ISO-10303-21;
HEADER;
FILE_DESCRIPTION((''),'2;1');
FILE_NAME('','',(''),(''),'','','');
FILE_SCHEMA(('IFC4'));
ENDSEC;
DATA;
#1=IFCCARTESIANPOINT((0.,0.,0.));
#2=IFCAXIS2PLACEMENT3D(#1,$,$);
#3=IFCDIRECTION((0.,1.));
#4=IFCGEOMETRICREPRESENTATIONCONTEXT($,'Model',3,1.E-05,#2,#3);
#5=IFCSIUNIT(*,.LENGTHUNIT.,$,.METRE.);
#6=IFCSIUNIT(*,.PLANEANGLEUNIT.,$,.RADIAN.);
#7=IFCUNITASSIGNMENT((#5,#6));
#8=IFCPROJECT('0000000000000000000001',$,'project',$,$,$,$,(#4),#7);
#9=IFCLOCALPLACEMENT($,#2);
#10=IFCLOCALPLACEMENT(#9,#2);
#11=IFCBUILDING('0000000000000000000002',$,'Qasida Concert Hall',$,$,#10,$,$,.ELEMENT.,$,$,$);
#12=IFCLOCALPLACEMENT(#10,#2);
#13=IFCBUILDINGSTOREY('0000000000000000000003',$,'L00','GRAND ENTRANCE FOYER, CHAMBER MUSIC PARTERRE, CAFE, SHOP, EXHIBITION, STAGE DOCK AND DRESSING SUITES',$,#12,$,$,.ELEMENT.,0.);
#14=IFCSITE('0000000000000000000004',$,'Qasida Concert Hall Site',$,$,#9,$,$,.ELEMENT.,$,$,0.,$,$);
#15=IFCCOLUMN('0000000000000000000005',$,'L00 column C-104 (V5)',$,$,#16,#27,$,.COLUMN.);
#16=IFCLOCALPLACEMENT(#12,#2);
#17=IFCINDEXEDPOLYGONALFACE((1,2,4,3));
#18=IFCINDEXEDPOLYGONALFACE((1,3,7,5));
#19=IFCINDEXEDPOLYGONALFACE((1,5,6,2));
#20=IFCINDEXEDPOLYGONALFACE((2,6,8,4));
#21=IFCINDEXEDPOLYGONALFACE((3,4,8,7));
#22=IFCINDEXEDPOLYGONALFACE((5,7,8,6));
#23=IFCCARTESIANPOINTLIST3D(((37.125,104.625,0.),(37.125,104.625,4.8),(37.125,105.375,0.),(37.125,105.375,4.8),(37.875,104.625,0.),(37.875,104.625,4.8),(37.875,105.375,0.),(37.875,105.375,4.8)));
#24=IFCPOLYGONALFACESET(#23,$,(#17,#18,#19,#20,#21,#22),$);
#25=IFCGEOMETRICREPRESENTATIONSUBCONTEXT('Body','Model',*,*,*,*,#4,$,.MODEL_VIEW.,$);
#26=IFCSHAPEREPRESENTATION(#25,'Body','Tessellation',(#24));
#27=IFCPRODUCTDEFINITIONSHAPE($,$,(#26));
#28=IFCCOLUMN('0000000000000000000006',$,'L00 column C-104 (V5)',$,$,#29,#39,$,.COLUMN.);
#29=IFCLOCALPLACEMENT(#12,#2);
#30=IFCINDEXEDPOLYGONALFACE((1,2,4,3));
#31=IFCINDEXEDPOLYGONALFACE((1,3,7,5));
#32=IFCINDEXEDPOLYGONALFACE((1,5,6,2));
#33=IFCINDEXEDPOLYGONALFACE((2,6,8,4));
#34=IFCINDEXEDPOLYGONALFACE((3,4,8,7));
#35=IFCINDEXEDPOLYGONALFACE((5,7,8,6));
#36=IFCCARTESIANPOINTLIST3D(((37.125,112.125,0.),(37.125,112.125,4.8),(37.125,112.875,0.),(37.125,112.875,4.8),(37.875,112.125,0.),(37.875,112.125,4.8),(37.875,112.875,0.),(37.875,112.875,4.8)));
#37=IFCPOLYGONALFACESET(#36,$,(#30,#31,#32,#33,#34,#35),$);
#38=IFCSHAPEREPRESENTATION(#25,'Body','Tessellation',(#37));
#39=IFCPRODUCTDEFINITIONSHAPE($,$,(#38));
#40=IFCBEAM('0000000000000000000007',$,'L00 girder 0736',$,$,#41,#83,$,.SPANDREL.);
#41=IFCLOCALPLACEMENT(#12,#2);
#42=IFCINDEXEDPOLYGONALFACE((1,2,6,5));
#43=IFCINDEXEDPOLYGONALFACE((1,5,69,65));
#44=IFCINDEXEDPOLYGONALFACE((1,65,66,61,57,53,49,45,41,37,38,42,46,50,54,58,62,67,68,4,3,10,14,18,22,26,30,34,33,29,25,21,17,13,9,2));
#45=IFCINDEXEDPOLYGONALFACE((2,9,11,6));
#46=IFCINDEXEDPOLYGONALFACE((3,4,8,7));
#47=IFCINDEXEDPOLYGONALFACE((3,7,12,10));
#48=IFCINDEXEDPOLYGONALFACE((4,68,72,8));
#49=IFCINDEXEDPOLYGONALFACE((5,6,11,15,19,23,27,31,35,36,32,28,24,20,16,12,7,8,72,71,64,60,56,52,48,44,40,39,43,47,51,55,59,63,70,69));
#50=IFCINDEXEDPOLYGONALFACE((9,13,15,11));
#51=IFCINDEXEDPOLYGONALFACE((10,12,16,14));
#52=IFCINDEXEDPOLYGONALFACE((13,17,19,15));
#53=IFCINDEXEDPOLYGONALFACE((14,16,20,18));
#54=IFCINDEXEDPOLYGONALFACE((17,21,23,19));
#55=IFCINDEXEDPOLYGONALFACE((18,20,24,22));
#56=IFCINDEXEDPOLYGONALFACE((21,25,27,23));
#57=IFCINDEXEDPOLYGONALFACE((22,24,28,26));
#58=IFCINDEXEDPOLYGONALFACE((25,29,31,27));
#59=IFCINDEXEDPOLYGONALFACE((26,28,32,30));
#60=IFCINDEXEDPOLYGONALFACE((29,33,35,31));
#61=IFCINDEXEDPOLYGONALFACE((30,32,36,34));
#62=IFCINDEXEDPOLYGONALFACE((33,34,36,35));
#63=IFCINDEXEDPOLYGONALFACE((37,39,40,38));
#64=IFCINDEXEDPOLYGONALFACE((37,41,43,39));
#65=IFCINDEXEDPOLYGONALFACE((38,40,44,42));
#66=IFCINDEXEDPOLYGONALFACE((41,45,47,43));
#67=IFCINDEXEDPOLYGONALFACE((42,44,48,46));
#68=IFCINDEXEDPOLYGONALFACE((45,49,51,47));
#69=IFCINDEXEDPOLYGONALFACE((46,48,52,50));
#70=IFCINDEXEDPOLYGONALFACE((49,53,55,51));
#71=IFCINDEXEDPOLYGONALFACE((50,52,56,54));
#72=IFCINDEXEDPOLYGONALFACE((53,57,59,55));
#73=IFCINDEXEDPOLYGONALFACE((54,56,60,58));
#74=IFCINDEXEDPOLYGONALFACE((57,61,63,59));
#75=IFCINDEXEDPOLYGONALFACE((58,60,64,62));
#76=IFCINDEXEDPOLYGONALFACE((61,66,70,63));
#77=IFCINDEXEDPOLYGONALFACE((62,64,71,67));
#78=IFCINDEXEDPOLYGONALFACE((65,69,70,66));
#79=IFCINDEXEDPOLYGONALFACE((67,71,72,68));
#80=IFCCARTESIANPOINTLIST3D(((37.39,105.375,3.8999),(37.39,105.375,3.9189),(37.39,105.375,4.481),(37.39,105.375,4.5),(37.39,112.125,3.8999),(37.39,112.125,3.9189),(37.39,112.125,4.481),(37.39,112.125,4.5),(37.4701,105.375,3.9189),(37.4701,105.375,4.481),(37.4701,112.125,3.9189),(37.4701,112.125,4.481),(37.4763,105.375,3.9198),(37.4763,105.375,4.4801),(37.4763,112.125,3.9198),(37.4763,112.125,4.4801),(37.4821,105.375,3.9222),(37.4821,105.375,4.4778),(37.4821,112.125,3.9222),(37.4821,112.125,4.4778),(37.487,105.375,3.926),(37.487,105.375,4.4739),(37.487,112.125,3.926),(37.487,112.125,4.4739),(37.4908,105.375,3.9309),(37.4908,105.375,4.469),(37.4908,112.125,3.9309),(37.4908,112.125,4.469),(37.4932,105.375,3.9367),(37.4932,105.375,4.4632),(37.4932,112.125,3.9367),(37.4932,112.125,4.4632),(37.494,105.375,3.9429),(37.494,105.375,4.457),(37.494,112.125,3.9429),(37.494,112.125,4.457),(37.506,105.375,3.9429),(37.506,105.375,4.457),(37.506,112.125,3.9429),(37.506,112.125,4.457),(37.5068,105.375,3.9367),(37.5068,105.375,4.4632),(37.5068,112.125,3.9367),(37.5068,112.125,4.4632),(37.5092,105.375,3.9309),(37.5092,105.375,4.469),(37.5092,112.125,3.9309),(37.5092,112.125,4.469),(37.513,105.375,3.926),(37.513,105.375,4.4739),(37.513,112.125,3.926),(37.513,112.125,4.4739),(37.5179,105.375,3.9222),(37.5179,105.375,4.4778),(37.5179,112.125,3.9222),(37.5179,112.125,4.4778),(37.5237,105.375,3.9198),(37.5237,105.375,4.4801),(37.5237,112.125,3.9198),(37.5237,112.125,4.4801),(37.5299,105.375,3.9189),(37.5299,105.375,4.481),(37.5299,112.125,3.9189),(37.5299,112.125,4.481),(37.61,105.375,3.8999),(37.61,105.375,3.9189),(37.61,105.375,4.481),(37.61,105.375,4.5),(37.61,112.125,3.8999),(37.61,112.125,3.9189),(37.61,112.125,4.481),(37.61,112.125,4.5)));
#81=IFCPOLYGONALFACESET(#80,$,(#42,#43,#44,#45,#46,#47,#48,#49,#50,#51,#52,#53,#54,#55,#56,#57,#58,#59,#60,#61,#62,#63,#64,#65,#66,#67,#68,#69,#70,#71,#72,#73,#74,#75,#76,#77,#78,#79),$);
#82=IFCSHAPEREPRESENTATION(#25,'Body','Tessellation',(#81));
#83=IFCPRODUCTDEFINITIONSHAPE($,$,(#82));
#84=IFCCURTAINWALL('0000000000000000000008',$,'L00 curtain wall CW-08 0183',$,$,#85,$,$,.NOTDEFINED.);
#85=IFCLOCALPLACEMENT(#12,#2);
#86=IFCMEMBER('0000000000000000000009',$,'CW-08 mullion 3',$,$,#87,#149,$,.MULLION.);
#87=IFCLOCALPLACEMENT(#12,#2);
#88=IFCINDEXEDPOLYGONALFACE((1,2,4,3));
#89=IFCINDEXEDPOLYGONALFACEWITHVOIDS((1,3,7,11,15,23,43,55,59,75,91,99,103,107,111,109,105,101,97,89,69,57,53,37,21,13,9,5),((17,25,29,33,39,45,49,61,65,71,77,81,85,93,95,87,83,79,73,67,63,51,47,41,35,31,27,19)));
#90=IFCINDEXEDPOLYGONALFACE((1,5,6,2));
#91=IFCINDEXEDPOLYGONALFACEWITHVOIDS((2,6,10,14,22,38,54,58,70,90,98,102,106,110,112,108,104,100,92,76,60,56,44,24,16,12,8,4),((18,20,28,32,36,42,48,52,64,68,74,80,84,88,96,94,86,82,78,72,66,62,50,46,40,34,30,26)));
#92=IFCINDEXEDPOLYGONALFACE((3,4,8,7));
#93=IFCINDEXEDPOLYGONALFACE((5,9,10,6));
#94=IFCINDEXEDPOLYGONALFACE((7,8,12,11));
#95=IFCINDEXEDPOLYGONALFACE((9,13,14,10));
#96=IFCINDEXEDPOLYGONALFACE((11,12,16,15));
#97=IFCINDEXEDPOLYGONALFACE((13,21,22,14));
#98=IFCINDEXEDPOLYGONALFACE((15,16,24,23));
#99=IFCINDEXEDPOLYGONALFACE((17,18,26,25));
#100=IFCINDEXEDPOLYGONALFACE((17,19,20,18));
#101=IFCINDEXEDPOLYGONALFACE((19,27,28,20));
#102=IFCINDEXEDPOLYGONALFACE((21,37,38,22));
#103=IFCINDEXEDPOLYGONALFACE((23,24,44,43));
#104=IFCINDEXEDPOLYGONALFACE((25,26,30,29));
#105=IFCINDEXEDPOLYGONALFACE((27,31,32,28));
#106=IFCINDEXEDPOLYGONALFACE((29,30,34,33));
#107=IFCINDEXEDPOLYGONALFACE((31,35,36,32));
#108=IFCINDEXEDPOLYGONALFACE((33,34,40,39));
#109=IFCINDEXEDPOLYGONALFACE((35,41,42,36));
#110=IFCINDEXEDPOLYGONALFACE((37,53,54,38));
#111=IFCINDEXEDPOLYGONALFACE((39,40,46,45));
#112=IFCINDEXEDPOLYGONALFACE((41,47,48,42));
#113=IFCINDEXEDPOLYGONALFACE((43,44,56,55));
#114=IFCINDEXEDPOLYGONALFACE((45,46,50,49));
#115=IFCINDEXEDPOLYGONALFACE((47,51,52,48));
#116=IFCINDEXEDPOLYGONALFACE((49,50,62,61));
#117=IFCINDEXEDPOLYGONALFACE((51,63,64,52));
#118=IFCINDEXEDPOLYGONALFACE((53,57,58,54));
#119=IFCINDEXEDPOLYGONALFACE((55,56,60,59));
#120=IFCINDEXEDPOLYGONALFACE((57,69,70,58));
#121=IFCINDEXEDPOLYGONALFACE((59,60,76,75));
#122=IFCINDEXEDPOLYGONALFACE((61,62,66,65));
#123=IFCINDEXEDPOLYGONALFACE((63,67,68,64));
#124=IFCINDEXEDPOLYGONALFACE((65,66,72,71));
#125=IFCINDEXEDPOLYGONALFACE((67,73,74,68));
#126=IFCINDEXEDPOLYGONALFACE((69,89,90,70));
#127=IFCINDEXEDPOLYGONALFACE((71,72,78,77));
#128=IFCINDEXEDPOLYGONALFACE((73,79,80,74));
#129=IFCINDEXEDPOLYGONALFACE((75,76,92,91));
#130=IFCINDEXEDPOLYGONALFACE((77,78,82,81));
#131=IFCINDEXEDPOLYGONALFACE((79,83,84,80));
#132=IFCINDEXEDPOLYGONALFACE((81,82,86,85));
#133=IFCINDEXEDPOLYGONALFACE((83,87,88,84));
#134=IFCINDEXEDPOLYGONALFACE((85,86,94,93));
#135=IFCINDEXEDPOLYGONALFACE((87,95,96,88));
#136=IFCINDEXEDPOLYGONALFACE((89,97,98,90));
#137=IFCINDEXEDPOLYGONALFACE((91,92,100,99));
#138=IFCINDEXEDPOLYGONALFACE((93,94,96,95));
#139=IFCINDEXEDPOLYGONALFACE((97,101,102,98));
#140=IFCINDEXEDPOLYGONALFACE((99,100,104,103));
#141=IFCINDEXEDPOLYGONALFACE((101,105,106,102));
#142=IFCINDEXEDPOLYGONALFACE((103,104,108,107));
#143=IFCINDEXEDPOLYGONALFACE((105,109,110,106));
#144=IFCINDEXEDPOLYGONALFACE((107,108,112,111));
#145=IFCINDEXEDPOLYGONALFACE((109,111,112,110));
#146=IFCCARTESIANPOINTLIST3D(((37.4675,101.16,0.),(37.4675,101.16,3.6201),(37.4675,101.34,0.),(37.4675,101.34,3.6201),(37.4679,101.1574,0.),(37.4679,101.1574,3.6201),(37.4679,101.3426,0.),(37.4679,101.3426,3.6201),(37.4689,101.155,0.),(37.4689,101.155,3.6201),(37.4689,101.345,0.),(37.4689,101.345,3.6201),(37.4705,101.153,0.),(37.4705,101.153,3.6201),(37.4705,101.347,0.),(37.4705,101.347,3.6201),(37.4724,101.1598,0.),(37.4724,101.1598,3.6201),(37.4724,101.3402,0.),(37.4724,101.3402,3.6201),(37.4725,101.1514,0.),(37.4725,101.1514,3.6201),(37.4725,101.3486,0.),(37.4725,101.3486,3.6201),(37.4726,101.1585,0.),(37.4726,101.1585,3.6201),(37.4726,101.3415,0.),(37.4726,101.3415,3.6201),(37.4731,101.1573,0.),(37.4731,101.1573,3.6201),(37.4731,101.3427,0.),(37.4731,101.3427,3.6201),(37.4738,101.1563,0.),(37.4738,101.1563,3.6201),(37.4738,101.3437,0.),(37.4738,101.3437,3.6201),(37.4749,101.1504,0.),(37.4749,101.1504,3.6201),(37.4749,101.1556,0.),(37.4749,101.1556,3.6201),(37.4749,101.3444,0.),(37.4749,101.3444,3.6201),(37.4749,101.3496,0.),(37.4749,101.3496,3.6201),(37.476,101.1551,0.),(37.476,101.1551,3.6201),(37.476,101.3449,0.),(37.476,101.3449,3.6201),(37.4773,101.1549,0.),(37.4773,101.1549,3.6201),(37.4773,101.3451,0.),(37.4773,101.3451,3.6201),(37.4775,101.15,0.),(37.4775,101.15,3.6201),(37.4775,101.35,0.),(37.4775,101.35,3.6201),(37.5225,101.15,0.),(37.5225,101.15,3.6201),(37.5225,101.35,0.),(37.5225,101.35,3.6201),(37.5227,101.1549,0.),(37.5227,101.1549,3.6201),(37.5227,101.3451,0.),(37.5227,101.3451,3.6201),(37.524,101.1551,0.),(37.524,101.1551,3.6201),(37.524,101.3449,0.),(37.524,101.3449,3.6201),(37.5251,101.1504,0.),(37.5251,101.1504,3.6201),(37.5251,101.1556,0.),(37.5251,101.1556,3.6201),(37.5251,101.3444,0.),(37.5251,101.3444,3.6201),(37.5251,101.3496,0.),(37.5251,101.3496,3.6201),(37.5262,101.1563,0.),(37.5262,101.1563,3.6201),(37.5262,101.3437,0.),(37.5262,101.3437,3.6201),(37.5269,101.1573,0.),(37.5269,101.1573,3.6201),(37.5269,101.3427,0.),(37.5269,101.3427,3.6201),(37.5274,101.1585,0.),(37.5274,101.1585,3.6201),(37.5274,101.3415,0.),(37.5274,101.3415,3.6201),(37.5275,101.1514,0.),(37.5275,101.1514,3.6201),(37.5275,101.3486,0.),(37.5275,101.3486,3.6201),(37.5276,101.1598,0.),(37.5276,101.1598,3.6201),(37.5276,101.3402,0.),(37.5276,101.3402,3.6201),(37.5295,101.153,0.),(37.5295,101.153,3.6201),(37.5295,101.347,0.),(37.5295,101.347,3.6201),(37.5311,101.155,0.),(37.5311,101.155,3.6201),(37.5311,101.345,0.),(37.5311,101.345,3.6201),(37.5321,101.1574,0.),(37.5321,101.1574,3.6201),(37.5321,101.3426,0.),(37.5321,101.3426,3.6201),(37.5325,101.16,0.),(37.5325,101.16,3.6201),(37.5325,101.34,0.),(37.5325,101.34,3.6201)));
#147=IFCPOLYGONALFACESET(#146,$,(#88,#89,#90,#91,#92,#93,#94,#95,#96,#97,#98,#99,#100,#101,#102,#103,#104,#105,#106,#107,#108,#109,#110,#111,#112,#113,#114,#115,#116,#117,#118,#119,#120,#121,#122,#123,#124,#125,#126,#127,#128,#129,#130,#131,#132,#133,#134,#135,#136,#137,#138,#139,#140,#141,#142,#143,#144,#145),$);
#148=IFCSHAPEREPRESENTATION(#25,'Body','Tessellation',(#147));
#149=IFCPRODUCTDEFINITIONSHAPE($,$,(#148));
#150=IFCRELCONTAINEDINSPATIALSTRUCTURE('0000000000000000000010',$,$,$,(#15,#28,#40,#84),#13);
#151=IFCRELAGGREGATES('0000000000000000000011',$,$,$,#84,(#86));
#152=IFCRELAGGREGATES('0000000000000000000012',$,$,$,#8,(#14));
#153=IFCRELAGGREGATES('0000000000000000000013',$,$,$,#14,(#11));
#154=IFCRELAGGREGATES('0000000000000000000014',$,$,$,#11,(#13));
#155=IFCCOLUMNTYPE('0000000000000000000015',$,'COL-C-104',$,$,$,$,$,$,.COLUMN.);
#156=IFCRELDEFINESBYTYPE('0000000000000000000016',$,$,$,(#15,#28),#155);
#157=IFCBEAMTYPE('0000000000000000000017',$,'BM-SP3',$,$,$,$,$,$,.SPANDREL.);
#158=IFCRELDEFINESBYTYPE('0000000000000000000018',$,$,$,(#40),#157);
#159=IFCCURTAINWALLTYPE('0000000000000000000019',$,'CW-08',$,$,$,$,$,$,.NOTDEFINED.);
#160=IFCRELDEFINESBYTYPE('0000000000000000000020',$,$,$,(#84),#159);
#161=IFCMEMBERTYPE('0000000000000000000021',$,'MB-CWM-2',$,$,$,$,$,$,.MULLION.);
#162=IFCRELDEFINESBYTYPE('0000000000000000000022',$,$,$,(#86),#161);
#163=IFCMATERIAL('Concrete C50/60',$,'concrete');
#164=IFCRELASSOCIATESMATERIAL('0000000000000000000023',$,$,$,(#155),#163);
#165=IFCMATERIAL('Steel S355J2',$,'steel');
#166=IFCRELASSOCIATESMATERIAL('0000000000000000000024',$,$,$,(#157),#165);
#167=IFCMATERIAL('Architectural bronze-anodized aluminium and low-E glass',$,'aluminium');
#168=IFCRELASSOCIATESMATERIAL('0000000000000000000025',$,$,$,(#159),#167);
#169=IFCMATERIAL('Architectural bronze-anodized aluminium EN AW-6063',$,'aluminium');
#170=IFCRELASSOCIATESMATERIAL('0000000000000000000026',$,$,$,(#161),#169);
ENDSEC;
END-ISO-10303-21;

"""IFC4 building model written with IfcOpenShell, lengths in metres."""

from ifc_helpers import new_model, si_unit, direction, frame, origin, origin_2d, place, context, subcontext, project, spatial, rectangle, hollow_rectangle, i_section, extrude, material, material_profile, profile_set, type_object, element, aggregate, save


model = new_model("IFC4")

# Units and contexts
model_context = context("Model", 3, precision=1e-05, world=origin(), true_north=direction((0.0, 1.0)))
body_context = subcontext(model_context, "Body", "Model", "MODEL_VIEW")
ifc_project = project(units=[si_unit("LENGTHUNIT", "METRE"), si_unit("PLANEANGLEUNIT", "RADIAN")], contexts=[model_context])

# Site, building, storey
site_placement = place(None, origin())
site = spatial("IfcSite", under=ifc_project, at=site_placement, Name="Qasida Concert Hall Site", CompositionType="ELEMENT", RefElevation=0.0)
building_placement = place(site_placement, origin())
building = spatial("IfcBuilding", under=site, at=building_placement, Name="Qasida Concert Hall", CompositionType="ELEMENT")
storey_placement = place(building_placement, origin())
storey = spatial("IfcBuildingStorey", under=building, at=storey_placement, Name="L00", Description="GRAND ENTRANCE FOYER, CHAMBER MUSIC PARTERRE, CAFE, SHOP, EXHIBITION, STAGE DOCK AND DRESSING SUITES", CompositionType="ELEMENT", Elevation=0.0)

# Columns
ifc_material_1 = material(Name="Concrete C50/60", Category="concrete")
ifc_material_profile_1 = material_profile(ifc_material_1, rectangle(XDim=0.75, YDim=0.75, at=origin_2d()), Name="RC 750x750")
ifc_profile_set_1 = profile_set([ifc_material_profile_1], Name="Concrete C50/60")
column_type = type_object("IfcColumnType", Name="COL-C-104", PredefinedType="COLUMN", material=ifc_profile_set_1)
for number, where, z_axis, x_axis, name in (
    (1, (37.5, 105.0, 0.0), (0.0, 0.0, 1.0), (1.0, 0.0, 0.0), "L00 column C-104 (V5)"),
    (2, (37.5, 112.5, 0.0), (0.0, 0.0, 1.0), (1.0, 0.0, 0.0), "L00 column C-104 (V5)"),
):
    element("IfcColumn", number, at=place(storey_placement, frame(where, z_axis=z_axis, x_axis=x_axis)), inside=storey, type_object=column_type, Name=name, PredefinedType="COLUMN", context=body_context, shape_type="SweptSolid", body=[
        extrude(rectangle(XDim=0.75, YDim=0.75, at=origin_2d()), origin(), (0.0, 0.0, 1.0), 4.8),
    ])

# Beam
ifc_material_2 = material(Name="Steel S355J2", Category="steel")
ifc_material_profile_2 = material_profile(ifc_material_2, i_section(OverallWidth=0.22, OverallDepth=0.6001, WebThickness=0.012, FlangeThickness=0.019, FilletRadius=0.0239, at=origin_2d()), Name="IPE 600")
ifc_profile_set_2 = profile_set([ifc_material_profile_2], Name="Steel S355J2")
beam_type = type_object("IfcBeamType", Name="BM-SP3", PredefinedType="SPANDREL", material=ifc_profile_set_2)
beam_placement = place(storey_placement, frame((37.5, 105.375, 4.2), z_axis=(0.0, 1.0, 0.0), x_axis=(-1.0, 0.0, 0.0)))
element("IfcBeam", 3, at=beam_placement, inside=storey, type_object=beam_type, Name="L00 girder 0736", PredefinedType="SPANDREL", context=body_context, shape_type="SweptSolid", body=[
    extrude(i_section(OverallWidth=0.22, OverallDepth=0.6001, WebThickness=0.012, FlangeThickness=0.019, FilletRadius=0.0239, at=origin_2d()), origin(), (0.0, 0.0, 1.0), 6.75),
])

# Curtain wall, member
ifc_material_3 = material(Name="Architectural bronze-anodized aluminium and low-E glass", Category="aluminium")
curtain_wall_type = type_object("IfcCurtainWallType", Name="CW-08", PredefinedType="NOTDEFINED", material=ifc_material_3)
curtain_wall_placement = place(storey_placement, origin())
curtain_wall = element("IfcCurtainWall", 4, at=curtain_wall_placement, inside=storey, type_object=curtain_wall_type, Name="L00 curtain wall CW-08 0183", PredefinedType="NOTDEFINED")
ifc_material_4 = material(Name="Architectural bronze-anodized aluminium EN AW-6063", Category="aluminium")
ifc_material_profile_3 = material_profile(ifc_material_4, hollow_rectangle(XDim=0.0649, YDim=0.2, WallThickness=0.0049, InnerFilletRadius=0.0049, OuterFilletRadius=0.01, at=origin_2d()), Name="CWM 200x65x5")
ifc_profile_set_3 = profile_set([ifc_material_profile_3], Name="Architectural bronze-anodized aluminium EN AW-6063")
member_type_1 = type_object("IfcMemberType", Name="MB-CWM-2", PredefinedType="MULLION", material=ifc_profile_set_3)
member_1_placement = place(storey_placement, frame((37.5, 101.25, 0.0), z_axis=(0.0, 0.0, 1.0), x_axis=(-1.0, 0.0, 0.0)))
member_1 = element("IfcMember", 5, at=member_1_placement, type_object=member_type_1, Name="CW-08 mullion 3", PredefinedType="MULLION", context=body_context, shape_type="SweptSolid", body=[
    extrude(hollow_rectangle(XDim=0.0649, YDim=0.2, WallThickness=0.0049, InnerFilletRadius=0.0049, OuterFilletRadius=0.01, at=origin_2d()), origin(), (0.0, 0.0, 1.0), 3.6201),
])
aggregate(curtain_wall, [member_1])

save(model, "model.ifc")
